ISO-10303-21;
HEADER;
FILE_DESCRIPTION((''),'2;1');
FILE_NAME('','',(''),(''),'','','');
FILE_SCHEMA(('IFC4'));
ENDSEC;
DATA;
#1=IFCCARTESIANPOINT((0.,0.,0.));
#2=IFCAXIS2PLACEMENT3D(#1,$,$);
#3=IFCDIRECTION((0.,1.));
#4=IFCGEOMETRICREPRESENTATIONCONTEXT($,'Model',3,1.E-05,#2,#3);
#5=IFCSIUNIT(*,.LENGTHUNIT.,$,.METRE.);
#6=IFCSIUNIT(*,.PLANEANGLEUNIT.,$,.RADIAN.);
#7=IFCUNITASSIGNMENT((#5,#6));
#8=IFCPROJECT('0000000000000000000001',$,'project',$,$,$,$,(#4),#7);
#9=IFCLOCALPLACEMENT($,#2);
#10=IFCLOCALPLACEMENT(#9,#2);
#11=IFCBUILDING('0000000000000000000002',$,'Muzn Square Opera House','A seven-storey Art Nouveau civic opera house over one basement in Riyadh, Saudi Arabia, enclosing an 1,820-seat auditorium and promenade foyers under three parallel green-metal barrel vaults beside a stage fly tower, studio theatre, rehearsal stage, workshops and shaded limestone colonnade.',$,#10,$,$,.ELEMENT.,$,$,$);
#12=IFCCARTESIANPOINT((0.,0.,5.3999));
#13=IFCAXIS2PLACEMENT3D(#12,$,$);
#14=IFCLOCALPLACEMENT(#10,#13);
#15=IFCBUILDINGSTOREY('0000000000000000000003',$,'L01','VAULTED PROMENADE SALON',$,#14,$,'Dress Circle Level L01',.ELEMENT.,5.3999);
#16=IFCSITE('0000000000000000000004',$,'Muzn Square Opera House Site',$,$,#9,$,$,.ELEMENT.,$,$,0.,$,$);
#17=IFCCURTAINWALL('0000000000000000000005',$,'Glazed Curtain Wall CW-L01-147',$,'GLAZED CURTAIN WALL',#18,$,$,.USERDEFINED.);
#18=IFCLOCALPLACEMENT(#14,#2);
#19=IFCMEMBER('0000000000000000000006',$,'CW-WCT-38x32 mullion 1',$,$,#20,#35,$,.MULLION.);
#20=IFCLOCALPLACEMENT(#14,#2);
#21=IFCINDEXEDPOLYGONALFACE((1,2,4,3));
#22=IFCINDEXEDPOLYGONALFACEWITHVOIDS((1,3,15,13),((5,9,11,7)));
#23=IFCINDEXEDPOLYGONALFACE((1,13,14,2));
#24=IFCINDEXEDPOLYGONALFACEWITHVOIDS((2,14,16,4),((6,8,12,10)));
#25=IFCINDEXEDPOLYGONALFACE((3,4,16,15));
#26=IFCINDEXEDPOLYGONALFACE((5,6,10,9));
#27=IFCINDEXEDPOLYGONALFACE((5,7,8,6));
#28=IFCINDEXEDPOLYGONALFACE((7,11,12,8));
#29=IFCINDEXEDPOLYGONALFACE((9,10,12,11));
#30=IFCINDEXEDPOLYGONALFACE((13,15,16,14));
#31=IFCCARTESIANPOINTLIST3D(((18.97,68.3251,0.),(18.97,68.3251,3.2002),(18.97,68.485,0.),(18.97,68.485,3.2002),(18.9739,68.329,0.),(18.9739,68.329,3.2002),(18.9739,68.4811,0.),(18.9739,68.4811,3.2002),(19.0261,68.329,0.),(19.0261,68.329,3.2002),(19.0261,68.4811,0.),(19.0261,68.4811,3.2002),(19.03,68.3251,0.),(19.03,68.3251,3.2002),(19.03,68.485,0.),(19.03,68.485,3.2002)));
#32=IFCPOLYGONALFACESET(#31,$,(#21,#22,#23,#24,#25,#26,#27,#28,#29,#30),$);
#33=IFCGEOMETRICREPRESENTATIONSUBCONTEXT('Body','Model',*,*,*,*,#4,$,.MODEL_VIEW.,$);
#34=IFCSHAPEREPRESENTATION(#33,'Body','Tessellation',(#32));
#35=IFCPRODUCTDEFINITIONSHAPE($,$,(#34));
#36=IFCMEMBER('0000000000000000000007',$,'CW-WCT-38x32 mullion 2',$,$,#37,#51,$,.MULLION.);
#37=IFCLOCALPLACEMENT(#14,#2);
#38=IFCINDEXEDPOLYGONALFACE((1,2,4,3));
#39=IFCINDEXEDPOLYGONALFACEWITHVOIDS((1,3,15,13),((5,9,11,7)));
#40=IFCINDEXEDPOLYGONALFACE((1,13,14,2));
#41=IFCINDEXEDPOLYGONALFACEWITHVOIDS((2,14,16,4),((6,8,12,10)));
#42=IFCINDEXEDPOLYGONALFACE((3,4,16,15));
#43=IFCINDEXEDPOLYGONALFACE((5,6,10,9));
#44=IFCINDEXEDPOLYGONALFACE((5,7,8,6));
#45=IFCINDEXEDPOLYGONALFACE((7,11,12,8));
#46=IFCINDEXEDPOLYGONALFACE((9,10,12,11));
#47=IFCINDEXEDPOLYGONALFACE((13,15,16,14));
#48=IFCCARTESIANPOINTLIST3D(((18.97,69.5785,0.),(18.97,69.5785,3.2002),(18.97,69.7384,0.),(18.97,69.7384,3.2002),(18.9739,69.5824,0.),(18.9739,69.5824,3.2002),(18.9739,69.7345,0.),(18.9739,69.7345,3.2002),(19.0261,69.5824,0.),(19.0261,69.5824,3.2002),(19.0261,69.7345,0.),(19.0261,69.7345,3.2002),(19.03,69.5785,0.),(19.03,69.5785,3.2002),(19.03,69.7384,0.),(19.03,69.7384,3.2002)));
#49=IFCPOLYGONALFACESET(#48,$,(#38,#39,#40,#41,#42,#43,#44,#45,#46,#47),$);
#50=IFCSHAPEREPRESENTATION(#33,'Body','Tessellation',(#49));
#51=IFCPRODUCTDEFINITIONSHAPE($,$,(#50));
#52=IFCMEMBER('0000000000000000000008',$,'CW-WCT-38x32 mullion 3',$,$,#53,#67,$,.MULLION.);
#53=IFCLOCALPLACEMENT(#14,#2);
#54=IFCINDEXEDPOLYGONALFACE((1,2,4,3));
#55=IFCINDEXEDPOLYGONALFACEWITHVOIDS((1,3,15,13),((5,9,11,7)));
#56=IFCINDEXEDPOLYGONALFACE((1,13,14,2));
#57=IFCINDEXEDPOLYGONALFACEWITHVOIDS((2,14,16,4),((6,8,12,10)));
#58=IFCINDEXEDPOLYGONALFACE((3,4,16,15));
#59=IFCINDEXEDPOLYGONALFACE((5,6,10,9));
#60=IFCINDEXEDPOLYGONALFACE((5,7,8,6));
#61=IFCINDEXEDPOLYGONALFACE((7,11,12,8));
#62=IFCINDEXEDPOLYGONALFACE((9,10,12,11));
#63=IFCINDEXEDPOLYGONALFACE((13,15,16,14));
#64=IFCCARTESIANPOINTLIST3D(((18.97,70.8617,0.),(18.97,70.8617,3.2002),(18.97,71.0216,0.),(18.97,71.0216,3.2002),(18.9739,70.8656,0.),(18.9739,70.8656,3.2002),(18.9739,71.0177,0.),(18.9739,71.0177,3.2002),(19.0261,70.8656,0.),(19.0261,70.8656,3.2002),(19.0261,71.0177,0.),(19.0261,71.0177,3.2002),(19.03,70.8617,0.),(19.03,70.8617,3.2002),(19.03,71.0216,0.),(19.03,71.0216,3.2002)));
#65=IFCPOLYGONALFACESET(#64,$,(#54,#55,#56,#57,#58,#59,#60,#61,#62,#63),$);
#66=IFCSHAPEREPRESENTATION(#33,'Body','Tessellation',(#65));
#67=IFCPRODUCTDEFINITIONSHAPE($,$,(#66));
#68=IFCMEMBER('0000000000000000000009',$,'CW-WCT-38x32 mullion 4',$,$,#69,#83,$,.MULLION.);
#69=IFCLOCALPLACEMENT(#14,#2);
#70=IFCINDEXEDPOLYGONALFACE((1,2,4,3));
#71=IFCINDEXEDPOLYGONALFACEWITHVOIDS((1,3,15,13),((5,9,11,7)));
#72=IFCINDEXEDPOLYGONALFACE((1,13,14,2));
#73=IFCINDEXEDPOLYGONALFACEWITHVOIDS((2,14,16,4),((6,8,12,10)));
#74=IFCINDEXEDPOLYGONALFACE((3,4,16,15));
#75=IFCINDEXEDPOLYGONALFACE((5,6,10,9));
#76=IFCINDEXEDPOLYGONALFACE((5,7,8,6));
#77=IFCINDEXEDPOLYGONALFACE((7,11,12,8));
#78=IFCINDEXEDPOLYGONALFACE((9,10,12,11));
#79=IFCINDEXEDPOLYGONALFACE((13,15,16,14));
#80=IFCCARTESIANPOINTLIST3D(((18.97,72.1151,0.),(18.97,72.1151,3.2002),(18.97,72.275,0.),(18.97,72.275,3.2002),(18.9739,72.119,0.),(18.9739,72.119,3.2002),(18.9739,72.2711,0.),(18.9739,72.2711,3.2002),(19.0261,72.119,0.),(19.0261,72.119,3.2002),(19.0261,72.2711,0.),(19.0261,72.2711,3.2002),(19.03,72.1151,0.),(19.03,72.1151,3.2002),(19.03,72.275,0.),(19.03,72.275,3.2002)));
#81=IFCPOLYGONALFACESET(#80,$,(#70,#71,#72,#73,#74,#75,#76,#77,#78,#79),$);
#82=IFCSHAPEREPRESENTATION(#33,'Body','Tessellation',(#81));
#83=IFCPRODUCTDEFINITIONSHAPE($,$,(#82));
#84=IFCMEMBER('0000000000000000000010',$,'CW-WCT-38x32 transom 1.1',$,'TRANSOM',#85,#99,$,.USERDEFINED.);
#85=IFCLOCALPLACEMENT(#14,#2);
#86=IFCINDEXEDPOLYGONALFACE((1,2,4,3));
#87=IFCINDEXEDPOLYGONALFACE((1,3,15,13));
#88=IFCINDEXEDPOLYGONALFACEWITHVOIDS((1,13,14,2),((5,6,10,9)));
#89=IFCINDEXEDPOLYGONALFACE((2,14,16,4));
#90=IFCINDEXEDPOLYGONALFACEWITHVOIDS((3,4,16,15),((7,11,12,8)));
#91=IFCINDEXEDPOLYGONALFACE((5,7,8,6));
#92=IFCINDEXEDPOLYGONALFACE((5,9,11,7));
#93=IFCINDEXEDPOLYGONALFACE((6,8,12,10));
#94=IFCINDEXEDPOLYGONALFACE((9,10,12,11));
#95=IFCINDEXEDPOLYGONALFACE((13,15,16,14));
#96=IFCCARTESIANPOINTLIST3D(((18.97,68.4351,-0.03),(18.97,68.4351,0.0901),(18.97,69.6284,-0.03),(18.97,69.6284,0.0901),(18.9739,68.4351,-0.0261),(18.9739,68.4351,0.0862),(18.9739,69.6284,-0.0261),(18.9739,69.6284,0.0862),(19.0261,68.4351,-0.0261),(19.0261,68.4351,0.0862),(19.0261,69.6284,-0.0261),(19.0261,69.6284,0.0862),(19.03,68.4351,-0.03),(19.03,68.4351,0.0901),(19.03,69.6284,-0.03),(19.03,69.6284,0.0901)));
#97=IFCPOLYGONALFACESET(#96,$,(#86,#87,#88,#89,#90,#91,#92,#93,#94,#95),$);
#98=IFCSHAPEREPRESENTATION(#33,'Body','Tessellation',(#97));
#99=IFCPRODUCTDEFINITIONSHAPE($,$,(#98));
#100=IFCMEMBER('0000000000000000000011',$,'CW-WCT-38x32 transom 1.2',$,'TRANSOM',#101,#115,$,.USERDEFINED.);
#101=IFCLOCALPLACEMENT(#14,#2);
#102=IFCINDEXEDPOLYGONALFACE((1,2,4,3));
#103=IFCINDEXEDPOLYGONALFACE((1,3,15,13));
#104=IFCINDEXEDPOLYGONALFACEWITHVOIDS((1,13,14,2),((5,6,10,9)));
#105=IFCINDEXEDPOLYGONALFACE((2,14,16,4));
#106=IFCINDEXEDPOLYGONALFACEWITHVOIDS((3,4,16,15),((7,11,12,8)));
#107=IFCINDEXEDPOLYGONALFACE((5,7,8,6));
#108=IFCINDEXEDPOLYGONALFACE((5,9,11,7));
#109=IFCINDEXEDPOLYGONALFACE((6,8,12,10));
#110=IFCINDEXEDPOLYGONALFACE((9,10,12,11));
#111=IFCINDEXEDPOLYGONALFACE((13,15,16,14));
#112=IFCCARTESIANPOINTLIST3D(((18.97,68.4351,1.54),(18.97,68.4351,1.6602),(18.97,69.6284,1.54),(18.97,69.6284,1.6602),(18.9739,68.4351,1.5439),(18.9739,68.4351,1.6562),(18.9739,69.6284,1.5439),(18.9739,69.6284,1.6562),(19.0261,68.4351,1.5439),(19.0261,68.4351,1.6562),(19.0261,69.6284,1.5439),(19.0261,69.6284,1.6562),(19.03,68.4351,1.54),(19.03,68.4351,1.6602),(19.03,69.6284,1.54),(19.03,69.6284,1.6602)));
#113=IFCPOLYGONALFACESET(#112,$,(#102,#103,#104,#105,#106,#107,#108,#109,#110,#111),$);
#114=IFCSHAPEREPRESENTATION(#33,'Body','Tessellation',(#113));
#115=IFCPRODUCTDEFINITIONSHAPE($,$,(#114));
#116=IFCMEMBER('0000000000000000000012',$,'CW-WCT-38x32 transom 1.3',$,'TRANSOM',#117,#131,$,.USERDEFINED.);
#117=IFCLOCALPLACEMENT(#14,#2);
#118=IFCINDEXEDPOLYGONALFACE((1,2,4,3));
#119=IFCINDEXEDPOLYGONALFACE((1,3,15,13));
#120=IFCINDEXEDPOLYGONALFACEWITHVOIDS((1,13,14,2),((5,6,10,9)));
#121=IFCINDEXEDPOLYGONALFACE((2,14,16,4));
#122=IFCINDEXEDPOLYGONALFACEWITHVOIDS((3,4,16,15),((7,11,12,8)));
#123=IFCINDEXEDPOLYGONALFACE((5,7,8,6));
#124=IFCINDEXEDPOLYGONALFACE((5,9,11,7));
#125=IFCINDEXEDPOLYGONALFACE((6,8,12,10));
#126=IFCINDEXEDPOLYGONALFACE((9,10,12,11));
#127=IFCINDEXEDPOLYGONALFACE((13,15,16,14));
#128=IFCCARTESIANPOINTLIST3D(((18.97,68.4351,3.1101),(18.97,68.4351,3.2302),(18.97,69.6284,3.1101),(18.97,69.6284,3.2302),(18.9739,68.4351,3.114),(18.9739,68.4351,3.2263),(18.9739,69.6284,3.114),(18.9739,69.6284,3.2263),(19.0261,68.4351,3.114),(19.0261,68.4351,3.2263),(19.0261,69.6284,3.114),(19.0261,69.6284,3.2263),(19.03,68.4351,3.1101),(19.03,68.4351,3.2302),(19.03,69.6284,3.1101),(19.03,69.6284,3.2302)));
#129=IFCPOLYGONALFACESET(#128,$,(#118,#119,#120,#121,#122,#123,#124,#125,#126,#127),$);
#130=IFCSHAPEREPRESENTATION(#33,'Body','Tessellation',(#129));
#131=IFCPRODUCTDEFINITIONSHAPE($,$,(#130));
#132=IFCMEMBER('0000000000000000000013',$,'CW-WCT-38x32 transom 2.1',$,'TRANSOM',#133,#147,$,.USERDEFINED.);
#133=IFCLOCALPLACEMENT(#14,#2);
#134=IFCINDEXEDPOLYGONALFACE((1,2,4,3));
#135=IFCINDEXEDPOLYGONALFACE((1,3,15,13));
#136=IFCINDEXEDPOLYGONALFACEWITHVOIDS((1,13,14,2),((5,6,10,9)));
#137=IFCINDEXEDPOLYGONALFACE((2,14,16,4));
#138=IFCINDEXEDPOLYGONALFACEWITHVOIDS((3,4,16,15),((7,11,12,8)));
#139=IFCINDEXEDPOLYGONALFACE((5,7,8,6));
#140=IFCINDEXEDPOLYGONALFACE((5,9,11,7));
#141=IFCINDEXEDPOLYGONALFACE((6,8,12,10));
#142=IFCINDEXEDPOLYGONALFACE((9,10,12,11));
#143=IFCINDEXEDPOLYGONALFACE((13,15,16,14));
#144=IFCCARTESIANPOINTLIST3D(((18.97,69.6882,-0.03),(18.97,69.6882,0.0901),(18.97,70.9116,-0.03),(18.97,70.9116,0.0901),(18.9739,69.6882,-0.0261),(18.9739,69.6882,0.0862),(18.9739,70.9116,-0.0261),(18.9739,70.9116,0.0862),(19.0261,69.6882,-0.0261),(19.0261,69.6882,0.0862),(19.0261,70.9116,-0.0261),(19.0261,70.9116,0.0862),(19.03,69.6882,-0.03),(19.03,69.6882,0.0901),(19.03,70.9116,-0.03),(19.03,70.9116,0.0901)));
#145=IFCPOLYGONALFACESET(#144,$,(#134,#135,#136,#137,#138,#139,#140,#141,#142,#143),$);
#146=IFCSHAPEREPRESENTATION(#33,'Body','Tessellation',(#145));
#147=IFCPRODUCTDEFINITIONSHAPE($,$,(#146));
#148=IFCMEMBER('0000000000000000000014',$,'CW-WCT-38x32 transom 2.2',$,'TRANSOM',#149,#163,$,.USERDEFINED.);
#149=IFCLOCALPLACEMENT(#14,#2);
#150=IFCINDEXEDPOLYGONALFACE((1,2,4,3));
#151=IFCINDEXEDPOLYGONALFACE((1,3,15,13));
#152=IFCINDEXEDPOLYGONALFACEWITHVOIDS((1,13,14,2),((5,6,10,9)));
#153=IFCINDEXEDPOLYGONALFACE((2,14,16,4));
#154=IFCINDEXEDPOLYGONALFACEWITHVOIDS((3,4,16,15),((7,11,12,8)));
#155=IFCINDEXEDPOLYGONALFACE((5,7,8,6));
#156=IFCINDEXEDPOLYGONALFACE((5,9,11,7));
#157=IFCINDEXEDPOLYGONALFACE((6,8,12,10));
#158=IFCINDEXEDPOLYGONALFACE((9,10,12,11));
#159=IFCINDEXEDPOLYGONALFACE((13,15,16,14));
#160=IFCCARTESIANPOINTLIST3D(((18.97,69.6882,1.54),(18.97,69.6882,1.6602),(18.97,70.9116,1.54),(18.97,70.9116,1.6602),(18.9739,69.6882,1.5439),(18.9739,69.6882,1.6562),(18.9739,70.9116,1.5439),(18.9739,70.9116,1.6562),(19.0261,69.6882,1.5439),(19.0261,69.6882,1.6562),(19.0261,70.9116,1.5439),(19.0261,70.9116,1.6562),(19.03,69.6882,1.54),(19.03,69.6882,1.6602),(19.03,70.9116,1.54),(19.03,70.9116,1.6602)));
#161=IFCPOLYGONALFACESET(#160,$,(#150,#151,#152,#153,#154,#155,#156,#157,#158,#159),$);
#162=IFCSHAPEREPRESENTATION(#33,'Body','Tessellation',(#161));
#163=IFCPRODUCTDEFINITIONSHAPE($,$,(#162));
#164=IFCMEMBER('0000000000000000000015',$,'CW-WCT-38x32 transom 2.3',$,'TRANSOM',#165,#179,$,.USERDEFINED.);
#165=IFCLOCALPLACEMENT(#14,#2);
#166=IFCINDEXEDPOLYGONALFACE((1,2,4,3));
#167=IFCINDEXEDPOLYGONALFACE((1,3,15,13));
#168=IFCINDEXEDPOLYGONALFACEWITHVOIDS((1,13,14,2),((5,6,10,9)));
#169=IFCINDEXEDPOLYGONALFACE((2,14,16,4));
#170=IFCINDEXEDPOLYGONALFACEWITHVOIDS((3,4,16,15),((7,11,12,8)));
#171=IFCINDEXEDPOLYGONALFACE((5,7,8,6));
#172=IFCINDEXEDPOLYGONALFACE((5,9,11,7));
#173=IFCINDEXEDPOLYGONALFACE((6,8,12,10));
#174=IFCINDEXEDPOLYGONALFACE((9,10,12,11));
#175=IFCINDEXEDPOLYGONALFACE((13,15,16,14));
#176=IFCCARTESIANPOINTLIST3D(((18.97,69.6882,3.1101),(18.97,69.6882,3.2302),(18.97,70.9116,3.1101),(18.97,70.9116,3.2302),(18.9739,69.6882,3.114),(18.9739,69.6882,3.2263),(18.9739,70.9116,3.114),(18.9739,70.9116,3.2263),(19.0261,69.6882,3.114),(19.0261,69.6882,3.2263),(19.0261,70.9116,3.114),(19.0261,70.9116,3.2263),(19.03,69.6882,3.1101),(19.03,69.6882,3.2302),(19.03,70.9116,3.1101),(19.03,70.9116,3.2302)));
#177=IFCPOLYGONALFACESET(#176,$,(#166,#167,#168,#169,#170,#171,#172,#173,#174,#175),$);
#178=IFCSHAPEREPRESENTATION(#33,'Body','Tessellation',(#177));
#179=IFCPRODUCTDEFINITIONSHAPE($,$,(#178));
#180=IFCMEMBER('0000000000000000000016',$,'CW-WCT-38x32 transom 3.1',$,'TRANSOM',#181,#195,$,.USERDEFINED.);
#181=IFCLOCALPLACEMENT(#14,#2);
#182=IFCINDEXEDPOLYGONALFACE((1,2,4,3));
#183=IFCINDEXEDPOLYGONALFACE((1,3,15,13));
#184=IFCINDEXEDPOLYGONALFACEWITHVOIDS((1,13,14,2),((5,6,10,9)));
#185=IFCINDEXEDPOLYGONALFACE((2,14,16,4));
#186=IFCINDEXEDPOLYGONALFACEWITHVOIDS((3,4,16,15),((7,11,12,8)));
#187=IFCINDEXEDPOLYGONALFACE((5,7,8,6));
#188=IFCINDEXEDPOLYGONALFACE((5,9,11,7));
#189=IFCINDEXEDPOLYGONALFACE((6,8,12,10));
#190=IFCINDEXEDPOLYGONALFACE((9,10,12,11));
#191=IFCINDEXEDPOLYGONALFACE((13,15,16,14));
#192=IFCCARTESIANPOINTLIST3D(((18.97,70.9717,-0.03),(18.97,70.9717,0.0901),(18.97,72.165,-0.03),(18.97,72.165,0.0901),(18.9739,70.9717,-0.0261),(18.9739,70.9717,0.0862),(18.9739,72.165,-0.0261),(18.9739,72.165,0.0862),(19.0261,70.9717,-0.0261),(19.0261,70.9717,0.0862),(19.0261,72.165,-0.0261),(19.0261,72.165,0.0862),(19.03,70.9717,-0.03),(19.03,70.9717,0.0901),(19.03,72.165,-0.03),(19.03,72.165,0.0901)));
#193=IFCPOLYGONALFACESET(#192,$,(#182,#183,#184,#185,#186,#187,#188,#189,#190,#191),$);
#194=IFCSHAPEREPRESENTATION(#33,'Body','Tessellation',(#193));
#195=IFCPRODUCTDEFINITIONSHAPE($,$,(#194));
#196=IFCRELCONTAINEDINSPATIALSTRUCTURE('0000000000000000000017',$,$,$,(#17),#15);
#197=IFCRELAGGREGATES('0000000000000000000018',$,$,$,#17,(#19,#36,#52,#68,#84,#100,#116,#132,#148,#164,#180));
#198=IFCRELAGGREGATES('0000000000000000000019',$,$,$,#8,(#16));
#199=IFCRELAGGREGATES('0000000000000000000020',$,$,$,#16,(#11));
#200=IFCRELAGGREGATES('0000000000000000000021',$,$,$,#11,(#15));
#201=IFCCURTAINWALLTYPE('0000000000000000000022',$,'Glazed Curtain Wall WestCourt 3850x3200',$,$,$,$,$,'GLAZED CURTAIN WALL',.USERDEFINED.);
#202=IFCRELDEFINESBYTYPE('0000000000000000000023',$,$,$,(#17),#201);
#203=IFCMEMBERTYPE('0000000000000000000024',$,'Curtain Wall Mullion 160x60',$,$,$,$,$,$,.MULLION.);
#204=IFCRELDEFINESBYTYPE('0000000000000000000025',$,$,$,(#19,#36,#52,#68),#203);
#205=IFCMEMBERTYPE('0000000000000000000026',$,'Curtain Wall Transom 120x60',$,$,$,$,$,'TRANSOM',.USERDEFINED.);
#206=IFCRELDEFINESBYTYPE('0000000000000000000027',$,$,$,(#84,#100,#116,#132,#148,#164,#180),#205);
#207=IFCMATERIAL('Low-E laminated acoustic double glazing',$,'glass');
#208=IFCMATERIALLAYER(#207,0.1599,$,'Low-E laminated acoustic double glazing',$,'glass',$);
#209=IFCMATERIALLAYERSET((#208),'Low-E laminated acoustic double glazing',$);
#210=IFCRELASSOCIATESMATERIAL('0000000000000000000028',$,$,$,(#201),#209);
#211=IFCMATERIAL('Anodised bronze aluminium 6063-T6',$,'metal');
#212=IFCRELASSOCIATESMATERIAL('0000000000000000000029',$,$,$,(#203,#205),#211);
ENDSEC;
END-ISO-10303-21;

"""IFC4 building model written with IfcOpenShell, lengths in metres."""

from ifc_helpers import new_model, si_unit, direction, frame, origin, origin_2d, place, context, subcontext, project, spatial, hollow_rectangle, extrude, material, layer, layer_set, material_profile, profile_set, type_object, element, aggregate, save


model = new_model("IFC4")

# Units and contexts
model_context = context("Model", 3, precision=1e-05, world=origin(), true_north=direction((0.0, 1.0)))
body_context = subcontext(model_context, "Body", "Model", "MODEL_VIEW")
ifc_project = project(units=[si_unit("LENGTHUNIT", "METRE"), si_unit("PLANEANGLEUNIT", "RADIAN")], contexts=[model_context])

# Site, building, storey
site_placement = place(None, origin())
site = spatial("IfcSite", under=ifc_project, at=site_placement, Name="Muzn Square Opera House Site", CompositionType="ELEMENT", RefElevation=0.0)
building_placement = place(site_placement, origin())
building = spatial("IfcBuilding", under=site, at=building_placement, Name="Muzn Square Opera House", Description="A seven-storey Art Nouveau civic opera house over one basement in Riyadh, Saudi Arabia, enclosing an 1,820-seat auditorium and promenade foyers under three parallel green-metal barrel vaults beside a stage fly tower, studio theatre, rehearsal stage, workshops and shaded limestone colonnade.", CompositionType="ELEMENT")
storey_placement = place(building_placement, frame((0.0, 0.0, 5.3999)))
storey = spatial("IfcBuildingStorey", under=building, at=storey_placement, Name="L01", Description="VAULTED PROMENADE SALON", LongName="Dress Circle Level L01", CompositionType="ELEMENT", Elevation=5.3999)

# Curtain wall, members
ifc_material_1 = material(Name="Low-E laminated acoustic double glazing", Category="glass")
ifc_layer_1 = layer(ifc_material_1, 0.1599, Name="Low-E laminated acoustic double glazing", Category="glass")
ifc_layer_set_1 = layer_set([ifc_layer_1], Name="Low-E laminated acoustic double glazing")
curtain_wall_type = type_object("IfcCurtainWallType", Name="Glazed Curtain Wall WestCourt 3850x3200", ElementType="GLAZED CURTAIN WALL", PredefinedType="USERDEFINED", material=ifc_layer_set_1)
curtain_wall_placement = place(storey_placement, origin())
curtain_wall = element("IfcCurtainWall", 1, at=curtain_wall_placement, inside=storey, type_object=curtain_wall_type, Name="Glazed Curtain Wall CW-L01-147", ObjectType="GLAZED CURTAIN WALL", PredefinedType="USERDEFINED")
ifc_material_2 = material(Name="Anodised bronze aluminium 6063-T6", Category="metal")
ifc_material_profile_1 = material_profile(ifc_material_2, hollow_rectangle(XDim=0.0601, YDim=0.1599, WallThickness=0.0039, at=origin_2d()), Name="ALU 160x60x4", Category="metal")
ifc_profile_set_1 = profile_set([ifc_material_profile_1], Name="Anodised bronze aluminium 6063-T6")
member_type_1 = type_object("IfcMemberType", Name="Curtain Wall Mullion 160x60", PredefinedType="MULLION", material=ifc_profile_set_1)
member_1_placement = place(storey_placement, frame((19.0, 68.405, 0.0), z_axis=(0.0, 0.0, 1.0), x_axis=(-1.0, 0.0, 0.0)))
member_1 = element("IfcMember", 2, at=member_1_placement, type_object=member_type_1, Name="CW-WCT-38x32 mullion 1", PredefinedType="MULLION", context=body_context, shape_type="SweptSolid", body=[
    extrude(hollow_rectangle(XDim=0.0601, YDim=0.1599, WallThickness=0.0039, at=origin_2d()), origin(), (0.0, 0.0, 1.0), 3.2002),
])
member_2_placement = place(storey_placement, frame((19.0, 69.6584, 0.0), z_axis=(0.0, 0.0, 1.0), x_axis=(-1.0, 0.0, 0.0)))
member_2 = element("IfcMember", 3, at=member_2_placement, type_object=member_type_1, Name="CW-WCT-38x32 mullion 2", PredefinedType="MULLION", context=body_context, shape_type="SweptSolid", body=[
    extrude(hollow_rectangle(XDim=0.0601, YDim=0.1599, WallThickness=0.0039, at=origin_2d()), origin(), (0.0, 0.0, 1.0), 3.2002),
])
member_3_placement = place(storey_placement, frame((19.0, 70.9417, 0.0), z_axis=(0.0, 0.0, 1.0), x_axis=(-1.0, 0.0, 0.0)))
member_3 = element("IfcMember", 4, at=member_3_placement, type_object=member_type_1, Name="CW-WCT-38x32 mullion 3", PredefinedType="MULLION", context=body_context, shape_type="SweptSolid", body=[
    extrude(hollow_rectangle(XDim=0.0601, YDim=0.1599, WallThickness=0.0039, at=origin_2d()), origin(), (0.0, 0.0, 1.0), 3.2002),
])
member_4_placement = place(storey_placement, frame((19.0, 72.1951, 0.0), z_axis=(0.0, 0.0, 1.0), x_axis=(-1.0, 0.0, 0.0)))
member_4 = element("IfcMember", 5, at=member_4_placement, type_object=member_type_1, Name="CW-WCT-38x32 mullion 4", PredefinedType="MULLION", context=body_context, shape_type="SweptSolid", body=[
    extrude(hollow_rectangle(XDim=0.0601, YDim=0.1599, WallThickness=0.0039, at=origin_2d()), origin(), (0.0, 0.0, 1.0), 3.2002),
])
ifc_material_profile_2 = material_profile(ifc_material_2, hollow_rectangle(XDim=0.0601, YDim=0.1201, WallThickness=0.0039, at=origin_2d()), Name="ALU 120x60x4", Category="metal")
ifc_profile_set_2 = profile_set([ifc_material_profile_2], Name="Anodised bronze aluminium 6063-T6")
member_type_2 = type_object("IfcMemberType", Name="Curtain Wall Transom 120x60", ElementType="TRANSOM", PredefinedType="USERDEFINED", material=ifc_profile_set_2)
member_5_placement = place(storey_placement, frame((19.0, 68.4351, 0.03), z_axis=(0.0, 1.0, 0.0), x_axis=(-1.0, 0.0, 0.0)))
member_5 = element("IfcMember", 6, at=member_5_placement, type_object=member_type_2, Name="CW-WCT-38x32 transom 1.1", ObjectType="TRANSOM", PredefinedType="USERDEFINED", context=body_context, shape_type="SweptSolid", body=[
    extrude(hollow_rectangle(XDim=0.0601, YDim=0.1201, WallThickness=0.0039, at=origin_2d()), origin(), (0.0, 0.0, 1.0), 1.1934),
])
member_6_placement = place(storey_placement, frame((19.0, 68.4351, 1.6001), z_axis=(0.0, 1.0, 0.0), x_axis=(-1.0, 0.0, 0.0)))
member_6 = element("IfcMember", 7, at=member_6_placement, type_object=member_type_2, Name="CW-WCT-38x32 transom 1.2", ObjectType="TRANSOM", PredefinedType="USERDEFINED", context=body_context, shape_type="SweptSolid", body=[
    extrude(hollow_rectangle(XDim=0.0601, YDim=0.1201, WallThickness=0.0039, at=origin_2d()), origin(), (0.0, 0.0, 1.0), 1.1934),
])
member_7_placement = place(storey_placement, frame((19.0, 68.4351, 3.1702), z_axis=(0.0, 1.0, 0.0), x_axis=(-1.0, 0.0, 0.0)))
member_7 = element("IfcMember", 8, at=member_7_placement, type_object=member_type_2, Name="CW-WCT-38x32 transom 1.3", ObjectType="TRANSOM", PredefinedType="USERDEFINED", context=body_context, shape_type="SweptSolid", body=[
    extrude(hollow_rectangle(XDim=0.0601, YDim=0.1201, WallThickness=0.0039, at=origin_2d()), origin(), (0.0, 0.0, 1.0), 1.1934),
])
member_8_placement = place(storey_placement, frame((19.0, 69.6882, 0.03), z_axis=(0.0, 1.0, 0.0), x_axis=(-1.0, 0.0, 0.0)))
member_8 = element("IfcMember", 9, at=member_8_placement, type_object=member_type_2, Name="CW-WCT-38x32 transom 2.1", ObjectType="TRANSOM", PredefinedType="USERDEFINED", context=body_context, shape_type="SweptSolid", body=[
    extrude(hollow_rectangle(XDim=0.0601, YDim=0.1201, WallThickness=0.0039, at=origin_2d()), origin(), (0.0, 0.0, 1.0), 1.2234),
])
member_9_placement = place(storey_placement, frame((19.0, 69.6882, 1.6001), z_axis=(0.0, 1.0, 0.0), x_axis=(-1.0, 0.0, 0.0)))
member_9 = element("IfcMember", 10, at=member_9_placement, type_object=member_type_2, Name="CW-WCT-38x32 transom 2.2", ObjectType="TRANSOM", PredefinedType="USERDEFINED", context=body_context, shape_type="SweptSolid", body=[
    extrude(hollow_rectangle(XDim=0.0601, YDim=0.1201, WallThickness=0.0039, at=origin_2d()), origin(), (0.0, 0.0, 1.0), 1.2234),
])
member_10_placement = place(storey_placement, frame((19.0, 69.6882, 3.1702), z_axis=(0.0, 1.0, 0.0), x_axis=(-1.0, 0.0, 0.0)))
member_10 = element("IfcMember", 11, at=member_10_placement, type_object=member_type_2, Name="CW-WCT-38x32 transom 2.3", ObjectType="TRANSOM", PredefinedType="USERDEFINED", context=body_context, shape_type="SweptSolid", body=[
    extrude(hollow_rectangle(XDim=0.0601, YDim=0.1201, WallThickness=0.0039, at=origin_2d()), origin(), (0.0, 0.0, 1.0), 1.2234),
])
member_11_placement = place(storey_placement, frame((19.0, 70.9717, 0.03), z_axis=(0.0, 1.0, 0.0), x_axis=(-1.0, 0.0, 0.0)))
member_11 = element("IfcMember", 12, at=member_11_placement, type_object=member_type_2, Name="CW-WCT-38x32 transom 3.1", ObjectType="TRANSOM", PredefinedType="USERDEFINED", context=body_context, shape_type="SweptSolid", body=[
    extrude(hollow_rectangle(XDim=0.0601, YDim=0.1201, WallThickness=0.0039, at=origin_2d()), origin(), (0.0, 0.0, 1.0), 1.1934),
])

aggregate(curtain_wall, [member_1, member_2, member_3, member_4, member_5, member_6, member_7, member_8, member_9, member_10, member_11])

save(model, "model.ifc")
